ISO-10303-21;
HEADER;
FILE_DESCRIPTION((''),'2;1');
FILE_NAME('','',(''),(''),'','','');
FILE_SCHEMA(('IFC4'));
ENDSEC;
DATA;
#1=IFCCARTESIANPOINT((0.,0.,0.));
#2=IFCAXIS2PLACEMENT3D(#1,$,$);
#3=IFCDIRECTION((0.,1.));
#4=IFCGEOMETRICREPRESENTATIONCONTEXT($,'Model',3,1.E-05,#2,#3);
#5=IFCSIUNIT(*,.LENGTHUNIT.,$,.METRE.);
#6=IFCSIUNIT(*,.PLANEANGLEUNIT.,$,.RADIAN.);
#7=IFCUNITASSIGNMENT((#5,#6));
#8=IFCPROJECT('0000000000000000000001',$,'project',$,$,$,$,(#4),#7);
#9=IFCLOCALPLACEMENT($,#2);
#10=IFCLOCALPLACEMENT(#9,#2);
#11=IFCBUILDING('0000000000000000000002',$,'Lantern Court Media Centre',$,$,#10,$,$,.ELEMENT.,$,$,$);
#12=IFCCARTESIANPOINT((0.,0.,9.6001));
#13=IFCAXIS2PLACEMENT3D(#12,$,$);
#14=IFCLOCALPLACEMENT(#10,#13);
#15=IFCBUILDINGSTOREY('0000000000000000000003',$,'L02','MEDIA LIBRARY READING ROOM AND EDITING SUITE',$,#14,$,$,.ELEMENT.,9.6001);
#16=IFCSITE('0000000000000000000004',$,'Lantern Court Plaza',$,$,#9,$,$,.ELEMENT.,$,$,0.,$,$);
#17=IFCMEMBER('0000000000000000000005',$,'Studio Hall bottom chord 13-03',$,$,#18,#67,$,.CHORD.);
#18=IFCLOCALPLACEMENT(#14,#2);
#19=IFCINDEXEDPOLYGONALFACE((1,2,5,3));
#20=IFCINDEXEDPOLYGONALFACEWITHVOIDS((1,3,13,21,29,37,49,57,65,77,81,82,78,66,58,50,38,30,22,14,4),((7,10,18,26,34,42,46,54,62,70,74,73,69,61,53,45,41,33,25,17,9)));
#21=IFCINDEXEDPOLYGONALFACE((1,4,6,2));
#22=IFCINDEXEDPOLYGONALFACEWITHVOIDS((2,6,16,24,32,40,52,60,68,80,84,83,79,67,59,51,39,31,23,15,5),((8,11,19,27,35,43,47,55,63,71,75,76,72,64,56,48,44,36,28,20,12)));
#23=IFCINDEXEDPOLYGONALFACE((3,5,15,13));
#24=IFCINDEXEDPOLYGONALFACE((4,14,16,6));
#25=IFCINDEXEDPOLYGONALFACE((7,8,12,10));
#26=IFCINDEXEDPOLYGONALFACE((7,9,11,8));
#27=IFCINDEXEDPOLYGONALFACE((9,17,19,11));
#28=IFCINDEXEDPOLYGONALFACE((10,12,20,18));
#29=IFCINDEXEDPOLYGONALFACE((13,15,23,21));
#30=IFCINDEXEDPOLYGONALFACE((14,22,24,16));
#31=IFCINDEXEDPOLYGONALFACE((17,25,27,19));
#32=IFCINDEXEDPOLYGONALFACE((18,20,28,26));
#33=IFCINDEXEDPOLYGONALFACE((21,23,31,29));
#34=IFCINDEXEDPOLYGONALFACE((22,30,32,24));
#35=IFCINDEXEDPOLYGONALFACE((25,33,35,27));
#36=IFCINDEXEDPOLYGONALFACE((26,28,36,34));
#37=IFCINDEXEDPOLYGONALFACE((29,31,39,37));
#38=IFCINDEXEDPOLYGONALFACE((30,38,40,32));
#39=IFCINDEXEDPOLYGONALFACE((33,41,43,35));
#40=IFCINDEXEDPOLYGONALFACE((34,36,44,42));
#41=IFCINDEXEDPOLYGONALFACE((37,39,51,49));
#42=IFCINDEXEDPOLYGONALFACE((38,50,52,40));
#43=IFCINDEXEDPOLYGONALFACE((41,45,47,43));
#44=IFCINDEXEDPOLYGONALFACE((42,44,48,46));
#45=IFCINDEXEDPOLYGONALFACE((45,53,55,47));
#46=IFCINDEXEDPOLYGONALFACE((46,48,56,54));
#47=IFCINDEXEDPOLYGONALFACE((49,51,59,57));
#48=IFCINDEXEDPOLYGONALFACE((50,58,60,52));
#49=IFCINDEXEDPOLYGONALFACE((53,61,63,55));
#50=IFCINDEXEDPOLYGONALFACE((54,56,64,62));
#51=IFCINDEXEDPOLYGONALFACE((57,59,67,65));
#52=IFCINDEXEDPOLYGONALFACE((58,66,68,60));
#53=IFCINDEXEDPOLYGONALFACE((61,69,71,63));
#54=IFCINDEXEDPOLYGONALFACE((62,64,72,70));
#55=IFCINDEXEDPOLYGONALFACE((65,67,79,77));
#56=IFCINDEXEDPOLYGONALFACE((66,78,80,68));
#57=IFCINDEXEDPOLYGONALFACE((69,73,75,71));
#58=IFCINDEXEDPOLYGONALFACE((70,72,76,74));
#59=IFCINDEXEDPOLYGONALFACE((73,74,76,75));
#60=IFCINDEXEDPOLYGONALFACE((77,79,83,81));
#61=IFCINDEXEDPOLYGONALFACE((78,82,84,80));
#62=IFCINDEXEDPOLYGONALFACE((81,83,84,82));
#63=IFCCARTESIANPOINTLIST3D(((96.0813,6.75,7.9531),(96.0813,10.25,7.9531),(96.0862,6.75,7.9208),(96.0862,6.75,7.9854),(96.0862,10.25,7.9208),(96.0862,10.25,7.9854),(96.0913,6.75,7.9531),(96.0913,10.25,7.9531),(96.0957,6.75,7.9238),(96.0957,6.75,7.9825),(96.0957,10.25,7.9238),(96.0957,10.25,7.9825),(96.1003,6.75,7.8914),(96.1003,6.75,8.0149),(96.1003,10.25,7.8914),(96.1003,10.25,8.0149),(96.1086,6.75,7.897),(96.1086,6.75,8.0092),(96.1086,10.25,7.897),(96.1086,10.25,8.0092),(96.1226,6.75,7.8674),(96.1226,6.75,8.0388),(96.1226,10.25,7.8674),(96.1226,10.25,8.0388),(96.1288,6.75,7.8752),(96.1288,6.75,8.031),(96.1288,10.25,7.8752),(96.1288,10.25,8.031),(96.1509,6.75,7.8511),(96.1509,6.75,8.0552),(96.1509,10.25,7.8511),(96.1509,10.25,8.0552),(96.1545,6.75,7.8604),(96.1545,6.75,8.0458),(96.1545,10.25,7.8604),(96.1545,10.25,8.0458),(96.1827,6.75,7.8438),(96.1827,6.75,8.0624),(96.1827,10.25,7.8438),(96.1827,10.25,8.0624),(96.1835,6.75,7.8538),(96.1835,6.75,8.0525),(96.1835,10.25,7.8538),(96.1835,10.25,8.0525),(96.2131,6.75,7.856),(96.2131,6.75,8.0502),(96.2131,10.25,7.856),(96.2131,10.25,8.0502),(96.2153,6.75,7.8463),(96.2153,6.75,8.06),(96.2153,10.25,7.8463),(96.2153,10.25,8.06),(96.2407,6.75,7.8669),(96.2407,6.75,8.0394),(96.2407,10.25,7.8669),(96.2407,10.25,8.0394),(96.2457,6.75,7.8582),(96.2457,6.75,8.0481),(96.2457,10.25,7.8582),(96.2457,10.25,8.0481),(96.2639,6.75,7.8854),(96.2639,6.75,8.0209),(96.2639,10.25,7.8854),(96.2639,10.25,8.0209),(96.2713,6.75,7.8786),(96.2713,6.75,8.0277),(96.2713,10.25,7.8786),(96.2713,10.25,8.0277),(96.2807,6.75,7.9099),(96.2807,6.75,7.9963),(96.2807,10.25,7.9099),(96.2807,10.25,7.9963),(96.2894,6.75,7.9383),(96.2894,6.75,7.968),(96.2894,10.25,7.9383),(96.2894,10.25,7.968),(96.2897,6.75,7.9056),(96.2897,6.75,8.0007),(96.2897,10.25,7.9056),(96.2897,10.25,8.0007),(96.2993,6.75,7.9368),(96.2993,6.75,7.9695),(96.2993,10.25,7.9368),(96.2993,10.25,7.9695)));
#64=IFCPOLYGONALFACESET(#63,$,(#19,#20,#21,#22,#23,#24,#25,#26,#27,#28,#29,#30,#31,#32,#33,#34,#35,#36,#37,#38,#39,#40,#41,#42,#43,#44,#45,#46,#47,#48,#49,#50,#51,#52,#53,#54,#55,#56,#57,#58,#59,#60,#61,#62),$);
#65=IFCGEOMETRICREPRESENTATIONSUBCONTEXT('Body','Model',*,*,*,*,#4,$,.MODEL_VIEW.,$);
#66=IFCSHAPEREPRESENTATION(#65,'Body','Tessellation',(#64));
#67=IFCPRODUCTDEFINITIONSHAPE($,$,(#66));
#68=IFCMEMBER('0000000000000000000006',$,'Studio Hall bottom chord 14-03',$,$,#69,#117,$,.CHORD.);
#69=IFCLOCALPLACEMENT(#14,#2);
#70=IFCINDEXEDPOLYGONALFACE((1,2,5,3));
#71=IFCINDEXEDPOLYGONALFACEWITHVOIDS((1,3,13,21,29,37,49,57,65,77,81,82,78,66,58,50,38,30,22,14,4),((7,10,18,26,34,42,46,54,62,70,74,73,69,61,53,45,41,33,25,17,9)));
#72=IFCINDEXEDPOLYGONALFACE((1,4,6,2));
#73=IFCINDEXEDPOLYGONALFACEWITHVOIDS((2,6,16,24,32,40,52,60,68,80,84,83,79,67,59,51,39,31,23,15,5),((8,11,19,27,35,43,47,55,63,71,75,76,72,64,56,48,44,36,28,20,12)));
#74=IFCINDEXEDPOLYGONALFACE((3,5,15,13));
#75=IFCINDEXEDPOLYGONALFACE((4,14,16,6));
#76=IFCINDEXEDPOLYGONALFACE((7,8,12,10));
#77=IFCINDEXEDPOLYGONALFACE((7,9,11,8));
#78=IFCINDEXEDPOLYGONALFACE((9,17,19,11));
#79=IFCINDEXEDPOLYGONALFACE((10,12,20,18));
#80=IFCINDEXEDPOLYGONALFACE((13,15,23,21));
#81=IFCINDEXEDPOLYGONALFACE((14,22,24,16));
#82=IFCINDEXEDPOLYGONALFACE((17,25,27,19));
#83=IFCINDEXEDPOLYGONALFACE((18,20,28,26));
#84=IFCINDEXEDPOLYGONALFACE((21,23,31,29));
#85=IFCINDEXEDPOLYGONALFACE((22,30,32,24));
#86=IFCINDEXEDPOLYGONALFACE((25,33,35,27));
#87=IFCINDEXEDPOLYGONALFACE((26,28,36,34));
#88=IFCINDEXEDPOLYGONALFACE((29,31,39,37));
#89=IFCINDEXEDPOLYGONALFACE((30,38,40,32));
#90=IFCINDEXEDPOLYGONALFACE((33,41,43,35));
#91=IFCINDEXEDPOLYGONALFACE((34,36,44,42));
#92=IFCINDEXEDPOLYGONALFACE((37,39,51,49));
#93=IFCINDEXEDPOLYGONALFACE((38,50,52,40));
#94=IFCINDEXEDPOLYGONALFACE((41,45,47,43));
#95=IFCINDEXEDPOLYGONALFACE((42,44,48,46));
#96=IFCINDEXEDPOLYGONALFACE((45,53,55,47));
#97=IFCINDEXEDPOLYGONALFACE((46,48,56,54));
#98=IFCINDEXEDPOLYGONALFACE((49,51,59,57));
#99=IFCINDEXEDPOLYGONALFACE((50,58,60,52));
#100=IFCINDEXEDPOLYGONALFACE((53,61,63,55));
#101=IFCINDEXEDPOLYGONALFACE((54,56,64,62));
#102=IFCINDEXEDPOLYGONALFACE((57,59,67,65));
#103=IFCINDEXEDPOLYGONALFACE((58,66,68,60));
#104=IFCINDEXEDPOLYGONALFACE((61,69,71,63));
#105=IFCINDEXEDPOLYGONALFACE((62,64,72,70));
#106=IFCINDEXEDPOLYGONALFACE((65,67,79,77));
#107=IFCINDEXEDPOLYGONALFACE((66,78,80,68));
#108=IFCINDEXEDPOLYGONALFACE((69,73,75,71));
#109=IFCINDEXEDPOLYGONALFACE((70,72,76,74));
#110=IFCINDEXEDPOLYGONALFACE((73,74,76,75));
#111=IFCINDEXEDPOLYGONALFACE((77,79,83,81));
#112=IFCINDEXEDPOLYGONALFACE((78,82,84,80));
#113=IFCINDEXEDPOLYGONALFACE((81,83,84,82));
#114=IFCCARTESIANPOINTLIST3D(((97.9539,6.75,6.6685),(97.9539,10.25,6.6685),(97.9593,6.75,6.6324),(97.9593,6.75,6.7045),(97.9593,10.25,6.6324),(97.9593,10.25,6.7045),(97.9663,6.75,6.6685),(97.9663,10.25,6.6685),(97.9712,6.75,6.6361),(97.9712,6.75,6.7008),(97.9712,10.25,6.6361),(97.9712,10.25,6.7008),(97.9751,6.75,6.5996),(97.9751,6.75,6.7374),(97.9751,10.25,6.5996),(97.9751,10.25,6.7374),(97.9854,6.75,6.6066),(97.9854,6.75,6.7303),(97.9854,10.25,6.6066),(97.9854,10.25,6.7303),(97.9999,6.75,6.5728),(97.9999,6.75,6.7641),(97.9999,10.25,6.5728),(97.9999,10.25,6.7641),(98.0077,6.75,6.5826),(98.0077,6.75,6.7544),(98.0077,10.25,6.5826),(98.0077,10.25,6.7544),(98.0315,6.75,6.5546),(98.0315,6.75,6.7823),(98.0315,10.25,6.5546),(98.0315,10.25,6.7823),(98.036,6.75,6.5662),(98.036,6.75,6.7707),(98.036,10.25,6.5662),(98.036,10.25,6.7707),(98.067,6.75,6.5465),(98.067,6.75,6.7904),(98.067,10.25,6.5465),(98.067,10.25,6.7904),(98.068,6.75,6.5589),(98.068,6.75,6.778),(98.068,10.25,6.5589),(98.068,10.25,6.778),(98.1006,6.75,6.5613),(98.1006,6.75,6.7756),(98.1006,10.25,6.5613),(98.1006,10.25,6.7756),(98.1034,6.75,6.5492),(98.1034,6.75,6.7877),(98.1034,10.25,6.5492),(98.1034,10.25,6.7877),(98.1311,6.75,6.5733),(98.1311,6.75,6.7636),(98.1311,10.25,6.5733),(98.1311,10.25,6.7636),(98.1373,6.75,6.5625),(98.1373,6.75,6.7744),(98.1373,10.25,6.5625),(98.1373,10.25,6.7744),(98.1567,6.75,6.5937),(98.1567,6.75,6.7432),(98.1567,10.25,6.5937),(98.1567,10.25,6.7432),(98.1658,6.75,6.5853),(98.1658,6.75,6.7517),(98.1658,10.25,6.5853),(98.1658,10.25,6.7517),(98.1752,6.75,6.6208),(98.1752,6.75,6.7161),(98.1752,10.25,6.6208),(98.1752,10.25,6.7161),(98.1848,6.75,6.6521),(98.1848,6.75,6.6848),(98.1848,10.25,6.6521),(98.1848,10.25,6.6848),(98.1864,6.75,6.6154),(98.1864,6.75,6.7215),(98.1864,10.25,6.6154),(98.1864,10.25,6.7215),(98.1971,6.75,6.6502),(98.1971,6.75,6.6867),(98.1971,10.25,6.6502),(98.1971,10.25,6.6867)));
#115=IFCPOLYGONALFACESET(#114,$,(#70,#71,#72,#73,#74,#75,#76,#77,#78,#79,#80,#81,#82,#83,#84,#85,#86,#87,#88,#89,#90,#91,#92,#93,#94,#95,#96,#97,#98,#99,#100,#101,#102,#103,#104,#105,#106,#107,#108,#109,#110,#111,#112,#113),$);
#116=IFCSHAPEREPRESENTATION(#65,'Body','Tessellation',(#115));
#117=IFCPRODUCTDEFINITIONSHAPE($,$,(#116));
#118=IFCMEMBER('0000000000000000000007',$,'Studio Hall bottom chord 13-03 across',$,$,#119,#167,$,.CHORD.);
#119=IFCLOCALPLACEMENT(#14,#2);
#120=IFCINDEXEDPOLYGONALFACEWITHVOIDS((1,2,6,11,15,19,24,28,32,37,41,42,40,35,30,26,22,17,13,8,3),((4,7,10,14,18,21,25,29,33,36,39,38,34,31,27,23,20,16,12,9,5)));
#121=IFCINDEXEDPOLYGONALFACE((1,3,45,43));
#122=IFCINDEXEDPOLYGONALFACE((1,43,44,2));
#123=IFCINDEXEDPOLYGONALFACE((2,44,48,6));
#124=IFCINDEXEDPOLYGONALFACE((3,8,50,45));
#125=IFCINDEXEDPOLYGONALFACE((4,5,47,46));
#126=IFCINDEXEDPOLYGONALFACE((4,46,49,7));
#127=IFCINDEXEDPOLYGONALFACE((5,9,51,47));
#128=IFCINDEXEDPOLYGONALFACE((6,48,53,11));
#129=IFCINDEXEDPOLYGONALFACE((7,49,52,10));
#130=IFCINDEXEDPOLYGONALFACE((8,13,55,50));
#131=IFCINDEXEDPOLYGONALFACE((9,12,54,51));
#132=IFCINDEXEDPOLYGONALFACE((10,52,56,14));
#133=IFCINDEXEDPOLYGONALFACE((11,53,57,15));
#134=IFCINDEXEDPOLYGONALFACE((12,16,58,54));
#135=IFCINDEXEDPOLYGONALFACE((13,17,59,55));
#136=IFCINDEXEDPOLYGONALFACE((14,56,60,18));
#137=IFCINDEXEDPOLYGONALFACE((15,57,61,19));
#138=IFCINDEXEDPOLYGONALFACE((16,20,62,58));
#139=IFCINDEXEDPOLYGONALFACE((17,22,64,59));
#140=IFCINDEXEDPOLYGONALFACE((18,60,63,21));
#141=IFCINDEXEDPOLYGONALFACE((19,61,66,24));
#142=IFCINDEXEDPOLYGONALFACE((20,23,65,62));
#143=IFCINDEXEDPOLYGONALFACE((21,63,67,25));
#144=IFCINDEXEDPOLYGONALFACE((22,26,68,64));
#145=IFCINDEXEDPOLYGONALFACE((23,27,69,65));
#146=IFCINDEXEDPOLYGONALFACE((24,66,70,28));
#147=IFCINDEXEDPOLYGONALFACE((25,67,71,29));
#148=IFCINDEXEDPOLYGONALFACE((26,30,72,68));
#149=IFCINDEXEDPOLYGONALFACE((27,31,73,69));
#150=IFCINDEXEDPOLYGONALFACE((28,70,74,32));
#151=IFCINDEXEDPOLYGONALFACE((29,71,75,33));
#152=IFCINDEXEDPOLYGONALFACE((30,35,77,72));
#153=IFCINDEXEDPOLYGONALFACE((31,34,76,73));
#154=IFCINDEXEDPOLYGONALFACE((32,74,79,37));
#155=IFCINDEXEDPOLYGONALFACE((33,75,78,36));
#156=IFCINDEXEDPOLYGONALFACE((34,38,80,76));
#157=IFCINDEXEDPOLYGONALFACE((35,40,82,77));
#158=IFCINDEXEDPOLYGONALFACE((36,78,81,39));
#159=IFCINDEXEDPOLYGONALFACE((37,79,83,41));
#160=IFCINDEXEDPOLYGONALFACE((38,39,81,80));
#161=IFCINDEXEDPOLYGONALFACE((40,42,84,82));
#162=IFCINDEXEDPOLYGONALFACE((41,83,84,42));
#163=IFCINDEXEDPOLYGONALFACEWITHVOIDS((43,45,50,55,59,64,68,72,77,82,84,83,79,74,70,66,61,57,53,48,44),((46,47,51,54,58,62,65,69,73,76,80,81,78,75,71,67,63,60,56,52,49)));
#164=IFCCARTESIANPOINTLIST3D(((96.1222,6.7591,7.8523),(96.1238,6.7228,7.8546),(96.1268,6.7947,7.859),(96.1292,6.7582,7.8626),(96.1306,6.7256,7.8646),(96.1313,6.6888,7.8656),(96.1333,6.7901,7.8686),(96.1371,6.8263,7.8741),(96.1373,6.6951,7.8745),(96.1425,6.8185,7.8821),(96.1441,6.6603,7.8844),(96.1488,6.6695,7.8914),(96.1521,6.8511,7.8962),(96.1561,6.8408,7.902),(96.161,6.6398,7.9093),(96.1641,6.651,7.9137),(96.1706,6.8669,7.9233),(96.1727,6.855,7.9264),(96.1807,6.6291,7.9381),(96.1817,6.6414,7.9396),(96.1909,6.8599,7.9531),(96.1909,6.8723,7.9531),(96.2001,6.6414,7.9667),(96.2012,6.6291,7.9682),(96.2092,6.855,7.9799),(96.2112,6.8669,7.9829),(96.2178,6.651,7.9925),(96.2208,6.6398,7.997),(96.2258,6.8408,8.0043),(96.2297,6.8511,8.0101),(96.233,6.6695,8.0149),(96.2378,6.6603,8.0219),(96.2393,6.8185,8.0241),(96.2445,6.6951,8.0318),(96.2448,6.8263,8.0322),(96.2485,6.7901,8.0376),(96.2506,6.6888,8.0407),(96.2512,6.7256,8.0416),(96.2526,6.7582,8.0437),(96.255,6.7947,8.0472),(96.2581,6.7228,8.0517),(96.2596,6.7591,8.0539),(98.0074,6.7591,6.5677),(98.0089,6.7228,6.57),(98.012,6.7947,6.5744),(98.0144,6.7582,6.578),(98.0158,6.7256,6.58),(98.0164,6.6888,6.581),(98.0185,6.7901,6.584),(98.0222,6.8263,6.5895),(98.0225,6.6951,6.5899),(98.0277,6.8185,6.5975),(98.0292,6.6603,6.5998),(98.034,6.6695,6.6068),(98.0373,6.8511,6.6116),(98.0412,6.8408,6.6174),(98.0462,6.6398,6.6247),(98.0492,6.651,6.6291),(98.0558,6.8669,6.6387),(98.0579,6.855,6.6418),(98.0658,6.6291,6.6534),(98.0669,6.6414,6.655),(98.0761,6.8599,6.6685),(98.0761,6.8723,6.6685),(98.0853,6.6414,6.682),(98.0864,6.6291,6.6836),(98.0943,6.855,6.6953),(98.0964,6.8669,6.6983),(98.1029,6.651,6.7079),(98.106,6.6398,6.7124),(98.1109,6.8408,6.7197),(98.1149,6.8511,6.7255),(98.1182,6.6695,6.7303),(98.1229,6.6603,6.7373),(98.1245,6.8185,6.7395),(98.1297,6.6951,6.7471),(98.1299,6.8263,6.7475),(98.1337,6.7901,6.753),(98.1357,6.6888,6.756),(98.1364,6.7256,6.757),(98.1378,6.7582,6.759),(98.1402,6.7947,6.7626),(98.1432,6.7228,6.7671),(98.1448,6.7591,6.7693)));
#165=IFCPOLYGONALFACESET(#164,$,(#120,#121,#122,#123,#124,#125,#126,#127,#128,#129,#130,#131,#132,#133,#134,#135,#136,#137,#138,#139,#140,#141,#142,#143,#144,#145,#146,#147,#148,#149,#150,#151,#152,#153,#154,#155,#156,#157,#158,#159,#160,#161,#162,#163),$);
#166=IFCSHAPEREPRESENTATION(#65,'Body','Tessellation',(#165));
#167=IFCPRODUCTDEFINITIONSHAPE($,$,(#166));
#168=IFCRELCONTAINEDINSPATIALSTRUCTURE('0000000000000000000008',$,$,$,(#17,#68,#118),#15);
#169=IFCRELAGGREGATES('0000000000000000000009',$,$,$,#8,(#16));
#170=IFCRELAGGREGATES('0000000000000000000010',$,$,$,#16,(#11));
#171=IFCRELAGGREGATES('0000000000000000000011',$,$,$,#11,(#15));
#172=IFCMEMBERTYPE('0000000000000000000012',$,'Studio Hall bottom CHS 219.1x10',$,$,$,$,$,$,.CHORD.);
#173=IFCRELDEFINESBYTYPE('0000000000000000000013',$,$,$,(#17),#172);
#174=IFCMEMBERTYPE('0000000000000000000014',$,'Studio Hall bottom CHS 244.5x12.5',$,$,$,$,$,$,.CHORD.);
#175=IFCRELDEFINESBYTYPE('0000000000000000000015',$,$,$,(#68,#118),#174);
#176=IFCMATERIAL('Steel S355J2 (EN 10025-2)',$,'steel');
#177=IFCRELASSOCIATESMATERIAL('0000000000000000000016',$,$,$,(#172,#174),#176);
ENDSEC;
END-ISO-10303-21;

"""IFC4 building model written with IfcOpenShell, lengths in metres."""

from ifc_helpers import new_model, si_unit, direction, frame, origin, origin_2d, place, context, subcontext, project, spatial, hollow_circle, extrude, material, material_profile, profile_set, type_object, element, save


model = new_model("IFC4")

# Units and contexts
model_context = context("Model", 3, precision=1e-05, world=origin(), true_north=direction((0.0, 1.0)))
body_context = subcontext(model_context, "Body", "Model", "MODEL_VIEW")
ifc_project = project(units=[si_unit("LENGTHUNIT", "METRE"), si_unit("PLANEANGLEUNIT", "RADIAN")], contexts=[model_context])

# Site, building, storey
site_placement = place(None, origin())
site = spatial("IfcSite", under=ifc_project, at=site_placement, Name="Lantern Court Plaza", CompositionType="ELEMENT", RefElevation=0.0)
building_placement = place(site_placement, origin())
building = spatial("IfcBuilding", under=site, at=building_placement, Name="Lantern Court Media Centre", CompositionType="ELEMENT")
storey_placement = place(building_placement, frame((0.0, 0.0, 9.6001)))
storey = spatial("IfcBuildingStorey", under=building, at=storey_placement, Name="L02", Description="MEDIA LIBRARY READING ROOM AND EDITING SUITE", CompositionType="ELEMENT", Elevation=9.6001)

# Members
ifc_material = material(Name="Steel S355J2 (EN 10025-2)", Category="steel")
ifc_material_profile_1 = material_profile(ifc_material, hollow_circle(Radius=0.1096, WallThickness=0.01, at=origin_2d()), Name="Studio Hall bottom CHS 219.1x10")
ifc_profile_set_1 = profile_set([ifc_material_profile_1], Name="Steel S355J2 (EN 10025-2)")
member_type_1 = type_object("IfcMemberType", Name="Studio Hall bottom CHS 219.1x10", PredefinedType="CHORD", material=ifc_profile_set_1)
member_1_placement = place(storey_placement, frame((96.1909, 6.75, 7.9531), z_axis=(0.0, 1.0, 0.0), x_axis=(-1.0, 0.0, 0.0)))
element("IfcMember", 1, at=member_1_placement, inside=storey, type_object=member_type_1, Name="Studio Hall bottom chord 13-03", PredefinedType="CHORD", context=body_context, shape_type="SweptSolid", body=[
    extrude(hollow_circle(Radius=0.1096, WallThickness=0.01, at=origin_2d()), origin(), (0.0, 0.0, 1.0), 3.5),
])
ifc_material_profile_2 = material_profile(ifc_material, hollow_circle(Radius=0.1223, WallThickness=0.0125, at=origin_2d()), Name="Studio Hall bottom CHS 244.5x12.5")
ifc_profile_set_2 = profile_set([ifc_material_profile_2], Name="Steel S355J2 (EN 10025-2)")
member_type_2 = type_object("IfcMemberType", Name="Studio Hall bottom CHS 244.5x12.5", PredefinedType="CHORD", material=ifc_profile_set_2)
member_2_placement = place(storey_placement, frame((98.0762, 6.75, 6.6685), z_axis=(0.0, 1.0, 0.0), x_axis=(-1.0, 0.0, 0.0)))
element("IfcMember", 2, at=member_2_placement, inside=storey, type_object=member_type_2, Name="Studio Hall bottom chord 14-03", PredefinedType="CHORD", context=body_context, shape_type="SweptSolid", body=[
    extrude(hollow_circle(Radius=0.1223, WallThickness=0.0125, at=origin_2d()), origin(), (0.0, 0.0, 1.0), 3.5),
])
member_3_placement = place(storey_placement, frame((96.1909, 6.75, 7.9531), z_axis=(0.826377, 0.0, -0.563118), x_axis=(0.0, 1.0, 0.0)))
element("IfcMember", 3, at=member_3_placement, inside=storey, type_object=member_type_2, Name="Studio Hall bottom chord 13-03 across", PredefinedType="CHORD", context=body_context, shape_type="SweptSolid", body=[
    extrude(hollow_circle(Radius=0.1223, WallThickness=0.0125, at=origin_2d()), origin(), (0.0, 0.0, 1.0), 2.2812),
])

save(model, "model.ifc")
